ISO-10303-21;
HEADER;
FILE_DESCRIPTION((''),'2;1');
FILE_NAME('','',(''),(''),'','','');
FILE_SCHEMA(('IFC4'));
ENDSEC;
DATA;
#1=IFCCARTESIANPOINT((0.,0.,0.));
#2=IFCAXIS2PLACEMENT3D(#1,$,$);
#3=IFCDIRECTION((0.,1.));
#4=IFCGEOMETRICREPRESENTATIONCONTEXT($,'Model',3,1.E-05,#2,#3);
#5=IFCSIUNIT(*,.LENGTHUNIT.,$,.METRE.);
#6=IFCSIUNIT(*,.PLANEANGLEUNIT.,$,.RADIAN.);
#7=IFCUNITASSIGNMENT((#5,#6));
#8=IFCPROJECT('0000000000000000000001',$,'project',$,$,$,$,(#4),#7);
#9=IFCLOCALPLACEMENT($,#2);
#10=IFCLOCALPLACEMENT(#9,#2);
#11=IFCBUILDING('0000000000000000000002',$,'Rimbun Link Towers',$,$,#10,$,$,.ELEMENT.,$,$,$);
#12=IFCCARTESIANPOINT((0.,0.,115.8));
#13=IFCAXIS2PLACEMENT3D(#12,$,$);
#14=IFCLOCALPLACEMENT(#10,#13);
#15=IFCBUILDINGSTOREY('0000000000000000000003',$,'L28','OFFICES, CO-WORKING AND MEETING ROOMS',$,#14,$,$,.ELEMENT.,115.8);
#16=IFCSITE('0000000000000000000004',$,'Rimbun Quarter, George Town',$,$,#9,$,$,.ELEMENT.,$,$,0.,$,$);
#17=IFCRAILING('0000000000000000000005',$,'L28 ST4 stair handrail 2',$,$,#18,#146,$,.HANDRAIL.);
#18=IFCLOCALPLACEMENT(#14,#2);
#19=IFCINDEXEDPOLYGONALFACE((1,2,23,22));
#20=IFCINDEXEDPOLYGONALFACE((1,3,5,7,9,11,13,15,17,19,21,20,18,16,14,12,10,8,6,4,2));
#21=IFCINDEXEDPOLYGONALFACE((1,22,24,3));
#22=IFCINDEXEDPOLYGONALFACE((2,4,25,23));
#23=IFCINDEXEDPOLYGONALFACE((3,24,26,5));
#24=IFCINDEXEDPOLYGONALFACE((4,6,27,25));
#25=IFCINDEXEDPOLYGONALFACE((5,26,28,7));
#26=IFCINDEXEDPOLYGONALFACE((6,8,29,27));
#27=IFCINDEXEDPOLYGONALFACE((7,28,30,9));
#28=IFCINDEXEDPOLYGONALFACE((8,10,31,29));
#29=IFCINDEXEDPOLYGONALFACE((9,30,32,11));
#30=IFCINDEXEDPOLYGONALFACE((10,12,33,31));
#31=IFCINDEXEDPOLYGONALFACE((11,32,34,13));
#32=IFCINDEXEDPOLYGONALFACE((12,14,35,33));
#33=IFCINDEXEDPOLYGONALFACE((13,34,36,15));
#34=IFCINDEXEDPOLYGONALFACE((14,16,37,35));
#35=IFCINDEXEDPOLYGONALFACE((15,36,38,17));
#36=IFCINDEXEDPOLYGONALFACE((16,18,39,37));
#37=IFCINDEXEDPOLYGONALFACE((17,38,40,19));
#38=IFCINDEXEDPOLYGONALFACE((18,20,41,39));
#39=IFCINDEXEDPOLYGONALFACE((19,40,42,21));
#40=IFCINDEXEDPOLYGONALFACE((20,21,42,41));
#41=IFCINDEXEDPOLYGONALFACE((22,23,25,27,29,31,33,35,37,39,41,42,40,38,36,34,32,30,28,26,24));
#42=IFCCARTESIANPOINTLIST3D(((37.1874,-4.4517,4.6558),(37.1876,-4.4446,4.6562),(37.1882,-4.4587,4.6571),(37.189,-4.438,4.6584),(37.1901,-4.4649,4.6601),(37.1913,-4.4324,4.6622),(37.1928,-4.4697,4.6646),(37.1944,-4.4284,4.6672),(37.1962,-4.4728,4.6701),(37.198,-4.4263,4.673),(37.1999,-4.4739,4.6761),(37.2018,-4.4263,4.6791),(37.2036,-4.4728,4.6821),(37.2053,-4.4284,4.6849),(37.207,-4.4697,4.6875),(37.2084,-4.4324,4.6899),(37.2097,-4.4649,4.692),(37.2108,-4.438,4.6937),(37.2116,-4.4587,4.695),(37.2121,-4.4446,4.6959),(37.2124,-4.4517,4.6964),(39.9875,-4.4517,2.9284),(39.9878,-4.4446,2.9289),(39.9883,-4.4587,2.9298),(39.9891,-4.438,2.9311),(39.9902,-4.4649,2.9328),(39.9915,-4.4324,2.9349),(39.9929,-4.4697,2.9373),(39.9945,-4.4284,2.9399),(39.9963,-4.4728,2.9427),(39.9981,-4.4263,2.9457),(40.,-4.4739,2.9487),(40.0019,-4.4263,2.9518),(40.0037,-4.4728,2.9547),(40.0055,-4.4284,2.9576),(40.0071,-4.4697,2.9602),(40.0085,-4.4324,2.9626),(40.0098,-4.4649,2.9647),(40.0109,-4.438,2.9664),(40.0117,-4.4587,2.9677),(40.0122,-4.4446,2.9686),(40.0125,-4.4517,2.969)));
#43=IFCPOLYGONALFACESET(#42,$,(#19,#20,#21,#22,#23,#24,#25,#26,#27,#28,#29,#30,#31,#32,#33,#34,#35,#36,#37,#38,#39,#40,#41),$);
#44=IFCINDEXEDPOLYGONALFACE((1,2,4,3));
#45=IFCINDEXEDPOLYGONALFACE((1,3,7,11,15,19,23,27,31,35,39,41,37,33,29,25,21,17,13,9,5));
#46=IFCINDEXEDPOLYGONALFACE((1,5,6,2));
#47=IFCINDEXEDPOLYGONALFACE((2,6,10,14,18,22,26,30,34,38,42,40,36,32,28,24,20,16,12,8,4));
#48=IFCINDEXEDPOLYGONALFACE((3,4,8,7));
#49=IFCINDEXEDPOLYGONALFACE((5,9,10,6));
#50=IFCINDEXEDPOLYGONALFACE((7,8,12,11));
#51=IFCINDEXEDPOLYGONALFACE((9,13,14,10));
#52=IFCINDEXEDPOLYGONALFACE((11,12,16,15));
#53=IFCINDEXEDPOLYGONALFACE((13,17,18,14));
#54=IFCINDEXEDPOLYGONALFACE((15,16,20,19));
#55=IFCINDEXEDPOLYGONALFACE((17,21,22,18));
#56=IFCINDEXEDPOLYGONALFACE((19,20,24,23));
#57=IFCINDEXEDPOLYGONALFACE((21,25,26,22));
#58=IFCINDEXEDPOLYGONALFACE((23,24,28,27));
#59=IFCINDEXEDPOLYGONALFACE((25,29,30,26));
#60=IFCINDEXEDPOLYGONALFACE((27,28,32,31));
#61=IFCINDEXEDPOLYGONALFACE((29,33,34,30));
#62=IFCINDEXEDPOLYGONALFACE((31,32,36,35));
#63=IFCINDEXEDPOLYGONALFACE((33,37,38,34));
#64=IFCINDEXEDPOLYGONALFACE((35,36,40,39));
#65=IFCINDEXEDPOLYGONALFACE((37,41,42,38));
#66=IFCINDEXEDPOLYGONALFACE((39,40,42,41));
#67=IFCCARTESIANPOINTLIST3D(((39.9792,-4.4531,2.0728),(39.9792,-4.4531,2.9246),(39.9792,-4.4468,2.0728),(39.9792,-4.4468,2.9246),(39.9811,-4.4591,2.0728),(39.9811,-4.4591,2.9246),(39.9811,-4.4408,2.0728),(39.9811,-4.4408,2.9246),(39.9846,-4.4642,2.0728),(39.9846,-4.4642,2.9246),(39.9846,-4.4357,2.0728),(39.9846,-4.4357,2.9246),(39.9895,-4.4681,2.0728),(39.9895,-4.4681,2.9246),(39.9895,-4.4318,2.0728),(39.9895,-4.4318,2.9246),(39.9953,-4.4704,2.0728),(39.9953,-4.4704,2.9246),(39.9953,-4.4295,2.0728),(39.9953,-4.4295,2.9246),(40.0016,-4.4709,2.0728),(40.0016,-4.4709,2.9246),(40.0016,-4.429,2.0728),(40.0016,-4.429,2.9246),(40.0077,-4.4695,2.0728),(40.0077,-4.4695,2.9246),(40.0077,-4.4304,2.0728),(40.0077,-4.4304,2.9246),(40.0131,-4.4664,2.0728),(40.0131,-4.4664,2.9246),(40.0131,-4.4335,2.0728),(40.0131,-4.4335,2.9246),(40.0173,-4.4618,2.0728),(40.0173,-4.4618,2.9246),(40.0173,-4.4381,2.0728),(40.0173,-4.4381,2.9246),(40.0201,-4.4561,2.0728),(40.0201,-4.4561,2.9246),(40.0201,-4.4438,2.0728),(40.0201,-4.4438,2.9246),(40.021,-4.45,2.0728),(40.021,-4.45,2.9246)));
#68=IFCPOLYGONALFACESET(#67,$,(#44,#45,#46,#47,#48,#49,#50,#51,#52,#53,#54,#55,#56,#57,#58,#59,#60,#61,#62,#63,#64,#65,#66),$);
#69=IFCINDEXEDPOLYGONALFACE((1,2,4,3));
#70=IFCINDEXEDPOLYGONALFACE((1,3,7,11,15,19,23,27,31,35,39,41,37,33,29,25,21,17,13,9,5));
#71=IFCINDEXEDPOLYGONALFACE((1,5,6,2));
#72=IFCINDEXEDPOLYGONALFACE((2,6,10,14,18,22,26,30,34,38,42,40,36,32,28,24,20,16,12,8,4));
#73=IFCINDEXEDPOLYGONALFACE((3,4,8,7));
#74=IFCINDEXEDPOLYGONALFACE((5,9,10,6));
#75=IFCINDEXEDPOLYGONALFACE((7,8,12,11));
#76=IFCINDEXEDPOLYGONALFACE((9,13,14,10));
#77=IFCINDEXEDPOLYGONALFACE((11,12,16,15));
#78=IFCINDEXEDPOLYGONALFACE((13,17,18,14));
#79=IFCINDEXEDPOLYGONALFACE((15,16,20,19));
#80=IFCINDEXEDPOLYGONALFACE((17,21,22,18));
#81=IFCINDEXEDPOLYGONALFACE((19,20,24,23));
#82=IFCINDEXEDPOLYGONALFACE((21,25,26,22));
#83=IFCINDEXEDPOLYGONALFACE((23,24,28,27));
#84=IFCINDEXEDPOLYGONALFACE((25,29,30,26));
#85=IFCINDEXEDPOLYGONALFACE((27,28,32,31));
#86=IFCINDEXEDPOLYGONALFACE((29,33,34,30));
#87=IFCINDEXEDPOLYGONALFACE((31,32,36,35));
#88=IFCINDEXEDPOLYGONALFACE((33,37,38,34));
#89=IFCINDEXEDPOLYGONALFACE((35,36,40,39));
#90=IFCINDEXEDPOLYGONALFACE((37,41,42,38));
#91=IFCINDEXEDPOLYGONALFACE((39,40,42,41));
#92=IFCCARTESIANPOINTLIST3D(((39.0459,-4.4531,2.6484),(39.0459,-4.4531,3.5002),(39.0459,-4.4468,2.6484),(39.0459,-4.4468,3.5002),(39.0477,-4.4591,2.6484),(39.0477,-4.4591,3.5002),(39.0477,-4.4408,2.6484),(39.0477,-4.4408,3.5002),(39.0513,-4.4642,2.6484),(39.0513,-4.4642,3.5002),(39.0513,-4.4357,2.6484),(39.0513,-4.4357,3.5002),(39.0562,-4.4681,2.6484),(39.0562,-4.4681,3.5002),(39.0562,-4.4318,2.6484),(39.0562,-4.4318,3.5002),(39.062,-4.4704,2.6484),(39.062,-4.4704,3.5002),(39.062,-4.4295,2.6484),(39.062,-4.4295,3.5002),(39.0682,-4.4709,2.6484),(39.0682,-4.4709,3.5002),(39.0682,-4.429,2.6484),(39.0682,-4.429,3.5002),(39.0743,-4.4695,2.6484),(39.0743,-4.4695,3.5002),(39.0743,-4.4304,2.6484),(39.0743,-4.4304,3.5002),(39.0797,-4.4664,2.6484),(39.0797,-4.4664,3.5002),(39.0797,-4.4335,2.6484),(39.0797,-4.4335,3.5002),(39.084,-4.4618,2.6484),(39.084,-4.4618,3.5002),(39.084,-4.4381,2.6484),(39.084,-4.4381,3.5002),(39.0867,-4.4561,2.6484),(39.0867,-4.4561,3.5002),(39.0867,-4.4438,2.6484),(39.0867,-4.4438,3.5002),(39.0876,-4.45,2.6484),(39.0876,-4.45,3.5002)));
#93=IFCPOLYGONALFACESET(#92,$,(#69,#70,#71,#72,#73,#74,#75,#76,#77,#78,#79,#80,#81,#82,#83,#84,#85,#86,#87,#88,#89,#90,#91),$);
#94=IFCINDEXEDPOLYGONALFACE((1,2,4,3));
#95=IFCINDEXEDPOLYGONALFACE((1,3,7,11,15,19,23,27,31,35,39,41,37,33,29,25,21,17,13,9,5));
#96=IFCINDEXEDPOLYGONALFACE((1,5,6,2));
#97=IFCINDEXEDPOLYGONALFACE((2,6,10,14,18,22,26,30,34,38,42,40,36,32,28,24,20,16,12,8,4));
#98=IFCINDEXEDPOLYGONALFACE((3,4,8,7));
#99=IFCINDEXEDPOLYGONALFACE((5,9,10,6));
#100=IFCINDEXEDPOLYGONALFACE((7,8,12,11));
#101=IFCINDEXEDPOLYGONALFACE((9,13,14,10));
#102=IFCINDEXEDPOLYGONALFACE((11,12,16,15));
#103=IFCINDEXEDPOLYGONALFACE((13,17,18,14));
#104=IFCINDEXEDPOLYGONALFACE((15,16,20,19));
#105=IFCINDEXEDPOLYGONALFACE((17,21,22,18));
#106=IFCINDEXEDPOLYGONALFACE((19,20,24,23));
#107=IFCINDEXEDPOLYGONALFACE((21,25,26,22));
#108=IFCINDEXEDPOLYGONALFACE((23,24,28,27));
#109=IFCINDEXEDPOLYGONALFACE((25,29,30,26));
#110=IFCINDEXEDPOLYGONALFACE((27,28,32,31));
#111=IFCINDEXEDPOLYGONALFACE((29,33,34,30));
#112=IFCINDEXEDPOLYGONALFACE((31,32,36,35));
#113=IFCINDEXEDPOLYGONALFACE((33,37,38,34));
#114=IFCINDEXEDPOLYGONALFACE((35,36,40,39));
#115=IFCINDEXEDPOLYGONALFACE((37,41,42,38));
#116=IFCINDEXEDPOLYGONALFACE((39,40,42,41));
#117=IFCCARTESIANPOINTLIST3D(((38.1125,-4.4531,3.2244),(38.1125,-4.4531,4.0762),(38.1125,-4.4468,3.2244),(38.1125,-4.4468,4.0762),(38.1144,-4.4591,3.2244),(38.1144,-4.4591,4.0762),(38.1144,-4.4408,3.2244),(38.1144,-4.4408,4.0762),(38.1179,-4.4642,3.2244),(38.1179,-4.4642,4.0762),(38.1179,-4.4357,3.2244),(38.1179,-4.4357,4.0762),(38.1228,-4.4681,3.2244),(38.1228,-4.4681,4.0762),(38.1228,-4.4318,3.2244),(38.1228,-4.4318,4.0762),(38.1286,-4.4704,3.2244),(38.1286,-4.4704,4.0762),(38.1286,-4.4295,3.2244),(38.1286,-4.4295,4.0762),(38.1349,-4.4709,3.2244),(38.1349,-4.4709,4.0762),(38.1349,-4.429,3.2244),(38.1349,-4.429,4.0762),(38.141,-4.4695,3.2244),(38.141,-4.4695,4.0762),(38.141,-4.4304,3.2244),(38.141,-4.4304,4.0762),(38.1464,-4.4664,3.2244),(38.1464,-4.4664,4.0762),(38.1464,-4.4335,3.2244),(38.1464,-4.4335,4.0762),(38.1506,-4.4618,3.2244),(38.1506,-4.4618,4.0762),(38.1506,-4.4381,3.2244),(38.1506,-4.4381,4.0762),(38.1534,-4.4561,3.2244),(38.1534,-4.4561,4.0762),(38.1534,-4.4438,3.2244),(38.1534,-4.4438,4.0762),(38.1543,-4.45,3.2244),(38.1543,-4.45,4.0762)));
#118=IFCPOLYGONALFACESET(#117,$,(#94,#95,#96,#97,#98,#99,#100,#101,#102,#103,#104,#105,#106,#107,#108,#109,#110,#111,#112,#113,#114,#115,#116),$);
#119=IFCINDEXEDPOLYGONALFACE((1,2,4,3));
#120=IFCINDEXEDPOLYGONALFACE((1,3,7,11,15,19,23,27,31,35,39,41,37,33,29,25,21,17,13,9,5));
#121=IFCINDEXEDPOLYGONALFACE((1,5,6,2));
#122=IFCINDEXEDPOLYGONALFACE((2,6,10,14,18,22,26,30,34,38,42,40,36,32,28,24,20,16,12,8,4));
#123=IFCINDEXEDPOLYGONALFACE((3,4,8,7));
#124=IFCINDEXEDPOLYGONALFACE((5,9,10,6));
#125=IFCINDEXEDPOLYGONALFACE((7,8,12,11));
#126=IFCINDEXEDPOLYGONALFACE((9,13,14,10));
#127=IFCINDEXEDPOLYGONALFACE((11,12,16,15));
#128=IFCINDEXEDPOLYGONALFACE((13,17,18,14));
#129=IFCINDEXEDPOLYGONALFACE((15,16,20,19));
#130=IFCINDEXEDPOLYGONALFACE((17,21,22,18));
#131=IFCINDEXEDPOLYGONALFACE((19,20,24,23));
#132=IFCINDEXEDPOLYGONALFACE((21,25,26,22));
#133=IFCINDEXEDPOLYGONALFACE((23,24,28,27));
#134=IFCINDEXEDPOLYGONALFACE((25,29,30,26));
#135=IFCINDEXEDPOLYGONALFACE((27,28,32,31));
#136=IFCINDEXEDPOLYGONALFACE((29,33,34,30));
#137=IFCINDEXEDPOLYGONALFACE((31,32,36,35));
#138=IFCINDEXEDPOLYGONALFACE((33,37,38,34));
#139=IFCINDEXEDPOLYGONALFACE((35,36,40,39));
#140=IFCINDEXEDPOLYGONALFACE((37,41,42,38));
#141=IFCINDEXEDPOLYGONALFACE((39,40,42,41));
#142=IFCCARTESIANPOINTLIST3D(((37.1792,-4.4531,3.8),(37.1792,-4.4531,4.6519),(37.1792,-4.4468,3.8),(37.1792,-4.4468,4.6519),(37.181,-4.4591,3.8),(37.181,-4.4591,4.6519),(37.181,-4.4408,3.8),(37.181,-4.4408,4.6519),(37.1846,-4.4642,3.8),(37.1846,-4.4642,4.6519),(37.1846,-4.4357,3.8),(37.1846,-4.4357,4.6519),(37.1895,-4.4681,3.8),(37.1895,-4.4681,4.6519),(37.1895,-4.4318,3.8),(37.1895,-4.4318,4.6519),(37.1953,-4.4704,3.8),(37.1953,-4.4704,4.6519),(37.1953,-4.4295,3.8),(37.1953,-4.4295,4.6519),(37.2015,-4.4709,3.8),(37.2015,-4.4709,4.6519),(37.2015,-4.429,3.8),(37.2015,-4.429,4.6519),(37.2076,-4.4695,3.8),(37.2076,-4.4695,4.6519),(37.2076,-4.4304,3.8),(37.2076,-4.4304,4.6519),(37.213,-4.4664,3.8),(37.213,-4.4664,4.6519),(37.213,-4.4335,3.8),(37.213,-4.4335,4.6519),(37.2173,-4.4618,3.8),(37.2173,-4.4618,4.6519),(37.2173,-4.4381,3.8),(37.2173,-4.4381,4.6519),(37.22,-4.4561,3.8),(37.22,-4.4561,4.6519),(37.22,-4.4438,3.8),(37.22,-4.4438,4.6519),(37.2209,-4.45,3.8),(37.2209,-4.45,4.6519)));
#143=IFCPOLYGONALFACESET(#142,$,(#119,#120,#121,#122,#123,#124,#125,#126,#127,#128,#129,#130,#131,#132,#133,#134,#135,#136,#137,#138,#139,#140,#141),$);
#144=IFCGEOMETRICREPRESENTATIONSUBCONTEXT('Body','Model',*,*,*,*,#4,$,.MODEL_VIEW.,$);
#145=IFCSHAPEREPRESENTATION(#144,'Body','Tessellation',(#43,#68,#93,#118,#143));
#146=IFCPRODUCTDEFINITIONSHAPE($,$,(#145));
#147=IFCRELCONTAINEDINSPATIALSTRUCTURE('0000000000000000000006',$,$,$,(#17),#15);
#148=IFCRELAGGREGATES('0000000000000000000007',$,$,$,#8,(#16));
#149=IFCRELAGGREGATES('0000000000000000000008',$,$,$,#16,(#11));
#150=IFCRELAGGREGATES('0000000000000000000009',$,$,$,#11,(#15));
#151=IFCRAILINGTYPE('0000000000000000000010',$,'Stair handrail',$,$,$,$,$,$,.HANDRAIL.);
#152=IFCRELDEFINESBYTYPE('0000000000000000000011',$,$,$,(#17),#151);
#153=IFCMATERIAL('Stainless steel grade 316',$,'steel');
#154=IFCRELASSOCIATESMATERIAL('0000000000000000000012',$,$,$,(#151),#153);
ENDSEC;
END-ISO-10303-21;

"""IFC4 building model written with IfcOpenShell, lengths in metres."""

from ifc_helpers import new_model, si_unit, direction, frame, origin, origin_2d, place, context, subcontext, project, spatial, circle, extrude, material, type_object, element, save


model = new_model("IFC4")

# Units and contexts
model_context = context("Model", 3, precision=1e-05, world=origin(), true_north=direction((0.0, 1.0)))
body_context = subcontext(model_context, "Body", "Model", "MODEL_VIEW")
ifc_project = project(units=[si_unit("LENGTHUNIT", "METRE"), si_unit("PLANEANGLEUNIT", "RADIAN")], contexts=[model_context])

# Site, building, storey
site_placement = place(None, origin())
site = spatial("IfcSite", under=ifc_project, at=site_placement, Name="Rimbun Quarter, George Town", CompositionType="ELEMENT", RefElevation=0.0)
building_placement = place(site_placement, origin())
building = spatial("IfcBuilding", under=site, at=building_placement, Name="Rimbun Link Towers", CompositionType="ELEMENT")
storey_placement = place(building_placement, frame((0.0, 0.0, 115.8)))
storey = spatial("IfcBuildingStorey", under=building, at=storey_placement, Name="L28", Description="OFFICES, CO-WORKING AND MEETING ROOMS", CompositionType="ELEMENT", Elevation=115.8)

# Railing
ifc_material_1 = material(Name="Stainless steel grade 316", Category="steel")
railing_type_1 = type_object("IfcRailingType", Name="Stair handrail", PredefinedType="HANDRAIL", material=ifc_material_1)
railing_1_placement = place(storey_placement, frame((40.0, -4.45, 2.0728)))
element("IfcRailing", 1, at=railing_1_placement, inside=storey, type_object=railing_type_1, Name="L28 ST4 stair handrail 2", PredefinedType="HANDRAIL", context=body_context, shape_type="SweptSolid", body=[
    extrude(circle(Radius=0.0239, at=origin_2d()), frame((0.0, 0.0, 0.876), z_axis=(-0.85109, 0.0, 0.52502), x_axis=(0.0, -1.0, 0.0)), (0.0, 0.0, 1.0), 3.29),
    extrude(circle(Radius=0.021, at=origin_2d()), origin(), (0.0, 0.0, 1.0), 0.8518),
    extrude(circle(Radius=0.021, at=origin_2d()), frame((-0.9333, 0.0, 0.5757)), (0.0, 0.0, 1.0), 0.8518),
    extrude(circle(Radius=0.021, at=origin_2d()), frame((-1.8667, 0.0, 1.1516)), (0.0, 0.0, 1.0), 0.8518),
    extrude(circle(Radius=0.021, at=origin_2d()), frame((-2.8, 0.0, 1.7273)), (0.0, 0.0, 1.0), 0.8518),
])

save(model, "model.ifc")
